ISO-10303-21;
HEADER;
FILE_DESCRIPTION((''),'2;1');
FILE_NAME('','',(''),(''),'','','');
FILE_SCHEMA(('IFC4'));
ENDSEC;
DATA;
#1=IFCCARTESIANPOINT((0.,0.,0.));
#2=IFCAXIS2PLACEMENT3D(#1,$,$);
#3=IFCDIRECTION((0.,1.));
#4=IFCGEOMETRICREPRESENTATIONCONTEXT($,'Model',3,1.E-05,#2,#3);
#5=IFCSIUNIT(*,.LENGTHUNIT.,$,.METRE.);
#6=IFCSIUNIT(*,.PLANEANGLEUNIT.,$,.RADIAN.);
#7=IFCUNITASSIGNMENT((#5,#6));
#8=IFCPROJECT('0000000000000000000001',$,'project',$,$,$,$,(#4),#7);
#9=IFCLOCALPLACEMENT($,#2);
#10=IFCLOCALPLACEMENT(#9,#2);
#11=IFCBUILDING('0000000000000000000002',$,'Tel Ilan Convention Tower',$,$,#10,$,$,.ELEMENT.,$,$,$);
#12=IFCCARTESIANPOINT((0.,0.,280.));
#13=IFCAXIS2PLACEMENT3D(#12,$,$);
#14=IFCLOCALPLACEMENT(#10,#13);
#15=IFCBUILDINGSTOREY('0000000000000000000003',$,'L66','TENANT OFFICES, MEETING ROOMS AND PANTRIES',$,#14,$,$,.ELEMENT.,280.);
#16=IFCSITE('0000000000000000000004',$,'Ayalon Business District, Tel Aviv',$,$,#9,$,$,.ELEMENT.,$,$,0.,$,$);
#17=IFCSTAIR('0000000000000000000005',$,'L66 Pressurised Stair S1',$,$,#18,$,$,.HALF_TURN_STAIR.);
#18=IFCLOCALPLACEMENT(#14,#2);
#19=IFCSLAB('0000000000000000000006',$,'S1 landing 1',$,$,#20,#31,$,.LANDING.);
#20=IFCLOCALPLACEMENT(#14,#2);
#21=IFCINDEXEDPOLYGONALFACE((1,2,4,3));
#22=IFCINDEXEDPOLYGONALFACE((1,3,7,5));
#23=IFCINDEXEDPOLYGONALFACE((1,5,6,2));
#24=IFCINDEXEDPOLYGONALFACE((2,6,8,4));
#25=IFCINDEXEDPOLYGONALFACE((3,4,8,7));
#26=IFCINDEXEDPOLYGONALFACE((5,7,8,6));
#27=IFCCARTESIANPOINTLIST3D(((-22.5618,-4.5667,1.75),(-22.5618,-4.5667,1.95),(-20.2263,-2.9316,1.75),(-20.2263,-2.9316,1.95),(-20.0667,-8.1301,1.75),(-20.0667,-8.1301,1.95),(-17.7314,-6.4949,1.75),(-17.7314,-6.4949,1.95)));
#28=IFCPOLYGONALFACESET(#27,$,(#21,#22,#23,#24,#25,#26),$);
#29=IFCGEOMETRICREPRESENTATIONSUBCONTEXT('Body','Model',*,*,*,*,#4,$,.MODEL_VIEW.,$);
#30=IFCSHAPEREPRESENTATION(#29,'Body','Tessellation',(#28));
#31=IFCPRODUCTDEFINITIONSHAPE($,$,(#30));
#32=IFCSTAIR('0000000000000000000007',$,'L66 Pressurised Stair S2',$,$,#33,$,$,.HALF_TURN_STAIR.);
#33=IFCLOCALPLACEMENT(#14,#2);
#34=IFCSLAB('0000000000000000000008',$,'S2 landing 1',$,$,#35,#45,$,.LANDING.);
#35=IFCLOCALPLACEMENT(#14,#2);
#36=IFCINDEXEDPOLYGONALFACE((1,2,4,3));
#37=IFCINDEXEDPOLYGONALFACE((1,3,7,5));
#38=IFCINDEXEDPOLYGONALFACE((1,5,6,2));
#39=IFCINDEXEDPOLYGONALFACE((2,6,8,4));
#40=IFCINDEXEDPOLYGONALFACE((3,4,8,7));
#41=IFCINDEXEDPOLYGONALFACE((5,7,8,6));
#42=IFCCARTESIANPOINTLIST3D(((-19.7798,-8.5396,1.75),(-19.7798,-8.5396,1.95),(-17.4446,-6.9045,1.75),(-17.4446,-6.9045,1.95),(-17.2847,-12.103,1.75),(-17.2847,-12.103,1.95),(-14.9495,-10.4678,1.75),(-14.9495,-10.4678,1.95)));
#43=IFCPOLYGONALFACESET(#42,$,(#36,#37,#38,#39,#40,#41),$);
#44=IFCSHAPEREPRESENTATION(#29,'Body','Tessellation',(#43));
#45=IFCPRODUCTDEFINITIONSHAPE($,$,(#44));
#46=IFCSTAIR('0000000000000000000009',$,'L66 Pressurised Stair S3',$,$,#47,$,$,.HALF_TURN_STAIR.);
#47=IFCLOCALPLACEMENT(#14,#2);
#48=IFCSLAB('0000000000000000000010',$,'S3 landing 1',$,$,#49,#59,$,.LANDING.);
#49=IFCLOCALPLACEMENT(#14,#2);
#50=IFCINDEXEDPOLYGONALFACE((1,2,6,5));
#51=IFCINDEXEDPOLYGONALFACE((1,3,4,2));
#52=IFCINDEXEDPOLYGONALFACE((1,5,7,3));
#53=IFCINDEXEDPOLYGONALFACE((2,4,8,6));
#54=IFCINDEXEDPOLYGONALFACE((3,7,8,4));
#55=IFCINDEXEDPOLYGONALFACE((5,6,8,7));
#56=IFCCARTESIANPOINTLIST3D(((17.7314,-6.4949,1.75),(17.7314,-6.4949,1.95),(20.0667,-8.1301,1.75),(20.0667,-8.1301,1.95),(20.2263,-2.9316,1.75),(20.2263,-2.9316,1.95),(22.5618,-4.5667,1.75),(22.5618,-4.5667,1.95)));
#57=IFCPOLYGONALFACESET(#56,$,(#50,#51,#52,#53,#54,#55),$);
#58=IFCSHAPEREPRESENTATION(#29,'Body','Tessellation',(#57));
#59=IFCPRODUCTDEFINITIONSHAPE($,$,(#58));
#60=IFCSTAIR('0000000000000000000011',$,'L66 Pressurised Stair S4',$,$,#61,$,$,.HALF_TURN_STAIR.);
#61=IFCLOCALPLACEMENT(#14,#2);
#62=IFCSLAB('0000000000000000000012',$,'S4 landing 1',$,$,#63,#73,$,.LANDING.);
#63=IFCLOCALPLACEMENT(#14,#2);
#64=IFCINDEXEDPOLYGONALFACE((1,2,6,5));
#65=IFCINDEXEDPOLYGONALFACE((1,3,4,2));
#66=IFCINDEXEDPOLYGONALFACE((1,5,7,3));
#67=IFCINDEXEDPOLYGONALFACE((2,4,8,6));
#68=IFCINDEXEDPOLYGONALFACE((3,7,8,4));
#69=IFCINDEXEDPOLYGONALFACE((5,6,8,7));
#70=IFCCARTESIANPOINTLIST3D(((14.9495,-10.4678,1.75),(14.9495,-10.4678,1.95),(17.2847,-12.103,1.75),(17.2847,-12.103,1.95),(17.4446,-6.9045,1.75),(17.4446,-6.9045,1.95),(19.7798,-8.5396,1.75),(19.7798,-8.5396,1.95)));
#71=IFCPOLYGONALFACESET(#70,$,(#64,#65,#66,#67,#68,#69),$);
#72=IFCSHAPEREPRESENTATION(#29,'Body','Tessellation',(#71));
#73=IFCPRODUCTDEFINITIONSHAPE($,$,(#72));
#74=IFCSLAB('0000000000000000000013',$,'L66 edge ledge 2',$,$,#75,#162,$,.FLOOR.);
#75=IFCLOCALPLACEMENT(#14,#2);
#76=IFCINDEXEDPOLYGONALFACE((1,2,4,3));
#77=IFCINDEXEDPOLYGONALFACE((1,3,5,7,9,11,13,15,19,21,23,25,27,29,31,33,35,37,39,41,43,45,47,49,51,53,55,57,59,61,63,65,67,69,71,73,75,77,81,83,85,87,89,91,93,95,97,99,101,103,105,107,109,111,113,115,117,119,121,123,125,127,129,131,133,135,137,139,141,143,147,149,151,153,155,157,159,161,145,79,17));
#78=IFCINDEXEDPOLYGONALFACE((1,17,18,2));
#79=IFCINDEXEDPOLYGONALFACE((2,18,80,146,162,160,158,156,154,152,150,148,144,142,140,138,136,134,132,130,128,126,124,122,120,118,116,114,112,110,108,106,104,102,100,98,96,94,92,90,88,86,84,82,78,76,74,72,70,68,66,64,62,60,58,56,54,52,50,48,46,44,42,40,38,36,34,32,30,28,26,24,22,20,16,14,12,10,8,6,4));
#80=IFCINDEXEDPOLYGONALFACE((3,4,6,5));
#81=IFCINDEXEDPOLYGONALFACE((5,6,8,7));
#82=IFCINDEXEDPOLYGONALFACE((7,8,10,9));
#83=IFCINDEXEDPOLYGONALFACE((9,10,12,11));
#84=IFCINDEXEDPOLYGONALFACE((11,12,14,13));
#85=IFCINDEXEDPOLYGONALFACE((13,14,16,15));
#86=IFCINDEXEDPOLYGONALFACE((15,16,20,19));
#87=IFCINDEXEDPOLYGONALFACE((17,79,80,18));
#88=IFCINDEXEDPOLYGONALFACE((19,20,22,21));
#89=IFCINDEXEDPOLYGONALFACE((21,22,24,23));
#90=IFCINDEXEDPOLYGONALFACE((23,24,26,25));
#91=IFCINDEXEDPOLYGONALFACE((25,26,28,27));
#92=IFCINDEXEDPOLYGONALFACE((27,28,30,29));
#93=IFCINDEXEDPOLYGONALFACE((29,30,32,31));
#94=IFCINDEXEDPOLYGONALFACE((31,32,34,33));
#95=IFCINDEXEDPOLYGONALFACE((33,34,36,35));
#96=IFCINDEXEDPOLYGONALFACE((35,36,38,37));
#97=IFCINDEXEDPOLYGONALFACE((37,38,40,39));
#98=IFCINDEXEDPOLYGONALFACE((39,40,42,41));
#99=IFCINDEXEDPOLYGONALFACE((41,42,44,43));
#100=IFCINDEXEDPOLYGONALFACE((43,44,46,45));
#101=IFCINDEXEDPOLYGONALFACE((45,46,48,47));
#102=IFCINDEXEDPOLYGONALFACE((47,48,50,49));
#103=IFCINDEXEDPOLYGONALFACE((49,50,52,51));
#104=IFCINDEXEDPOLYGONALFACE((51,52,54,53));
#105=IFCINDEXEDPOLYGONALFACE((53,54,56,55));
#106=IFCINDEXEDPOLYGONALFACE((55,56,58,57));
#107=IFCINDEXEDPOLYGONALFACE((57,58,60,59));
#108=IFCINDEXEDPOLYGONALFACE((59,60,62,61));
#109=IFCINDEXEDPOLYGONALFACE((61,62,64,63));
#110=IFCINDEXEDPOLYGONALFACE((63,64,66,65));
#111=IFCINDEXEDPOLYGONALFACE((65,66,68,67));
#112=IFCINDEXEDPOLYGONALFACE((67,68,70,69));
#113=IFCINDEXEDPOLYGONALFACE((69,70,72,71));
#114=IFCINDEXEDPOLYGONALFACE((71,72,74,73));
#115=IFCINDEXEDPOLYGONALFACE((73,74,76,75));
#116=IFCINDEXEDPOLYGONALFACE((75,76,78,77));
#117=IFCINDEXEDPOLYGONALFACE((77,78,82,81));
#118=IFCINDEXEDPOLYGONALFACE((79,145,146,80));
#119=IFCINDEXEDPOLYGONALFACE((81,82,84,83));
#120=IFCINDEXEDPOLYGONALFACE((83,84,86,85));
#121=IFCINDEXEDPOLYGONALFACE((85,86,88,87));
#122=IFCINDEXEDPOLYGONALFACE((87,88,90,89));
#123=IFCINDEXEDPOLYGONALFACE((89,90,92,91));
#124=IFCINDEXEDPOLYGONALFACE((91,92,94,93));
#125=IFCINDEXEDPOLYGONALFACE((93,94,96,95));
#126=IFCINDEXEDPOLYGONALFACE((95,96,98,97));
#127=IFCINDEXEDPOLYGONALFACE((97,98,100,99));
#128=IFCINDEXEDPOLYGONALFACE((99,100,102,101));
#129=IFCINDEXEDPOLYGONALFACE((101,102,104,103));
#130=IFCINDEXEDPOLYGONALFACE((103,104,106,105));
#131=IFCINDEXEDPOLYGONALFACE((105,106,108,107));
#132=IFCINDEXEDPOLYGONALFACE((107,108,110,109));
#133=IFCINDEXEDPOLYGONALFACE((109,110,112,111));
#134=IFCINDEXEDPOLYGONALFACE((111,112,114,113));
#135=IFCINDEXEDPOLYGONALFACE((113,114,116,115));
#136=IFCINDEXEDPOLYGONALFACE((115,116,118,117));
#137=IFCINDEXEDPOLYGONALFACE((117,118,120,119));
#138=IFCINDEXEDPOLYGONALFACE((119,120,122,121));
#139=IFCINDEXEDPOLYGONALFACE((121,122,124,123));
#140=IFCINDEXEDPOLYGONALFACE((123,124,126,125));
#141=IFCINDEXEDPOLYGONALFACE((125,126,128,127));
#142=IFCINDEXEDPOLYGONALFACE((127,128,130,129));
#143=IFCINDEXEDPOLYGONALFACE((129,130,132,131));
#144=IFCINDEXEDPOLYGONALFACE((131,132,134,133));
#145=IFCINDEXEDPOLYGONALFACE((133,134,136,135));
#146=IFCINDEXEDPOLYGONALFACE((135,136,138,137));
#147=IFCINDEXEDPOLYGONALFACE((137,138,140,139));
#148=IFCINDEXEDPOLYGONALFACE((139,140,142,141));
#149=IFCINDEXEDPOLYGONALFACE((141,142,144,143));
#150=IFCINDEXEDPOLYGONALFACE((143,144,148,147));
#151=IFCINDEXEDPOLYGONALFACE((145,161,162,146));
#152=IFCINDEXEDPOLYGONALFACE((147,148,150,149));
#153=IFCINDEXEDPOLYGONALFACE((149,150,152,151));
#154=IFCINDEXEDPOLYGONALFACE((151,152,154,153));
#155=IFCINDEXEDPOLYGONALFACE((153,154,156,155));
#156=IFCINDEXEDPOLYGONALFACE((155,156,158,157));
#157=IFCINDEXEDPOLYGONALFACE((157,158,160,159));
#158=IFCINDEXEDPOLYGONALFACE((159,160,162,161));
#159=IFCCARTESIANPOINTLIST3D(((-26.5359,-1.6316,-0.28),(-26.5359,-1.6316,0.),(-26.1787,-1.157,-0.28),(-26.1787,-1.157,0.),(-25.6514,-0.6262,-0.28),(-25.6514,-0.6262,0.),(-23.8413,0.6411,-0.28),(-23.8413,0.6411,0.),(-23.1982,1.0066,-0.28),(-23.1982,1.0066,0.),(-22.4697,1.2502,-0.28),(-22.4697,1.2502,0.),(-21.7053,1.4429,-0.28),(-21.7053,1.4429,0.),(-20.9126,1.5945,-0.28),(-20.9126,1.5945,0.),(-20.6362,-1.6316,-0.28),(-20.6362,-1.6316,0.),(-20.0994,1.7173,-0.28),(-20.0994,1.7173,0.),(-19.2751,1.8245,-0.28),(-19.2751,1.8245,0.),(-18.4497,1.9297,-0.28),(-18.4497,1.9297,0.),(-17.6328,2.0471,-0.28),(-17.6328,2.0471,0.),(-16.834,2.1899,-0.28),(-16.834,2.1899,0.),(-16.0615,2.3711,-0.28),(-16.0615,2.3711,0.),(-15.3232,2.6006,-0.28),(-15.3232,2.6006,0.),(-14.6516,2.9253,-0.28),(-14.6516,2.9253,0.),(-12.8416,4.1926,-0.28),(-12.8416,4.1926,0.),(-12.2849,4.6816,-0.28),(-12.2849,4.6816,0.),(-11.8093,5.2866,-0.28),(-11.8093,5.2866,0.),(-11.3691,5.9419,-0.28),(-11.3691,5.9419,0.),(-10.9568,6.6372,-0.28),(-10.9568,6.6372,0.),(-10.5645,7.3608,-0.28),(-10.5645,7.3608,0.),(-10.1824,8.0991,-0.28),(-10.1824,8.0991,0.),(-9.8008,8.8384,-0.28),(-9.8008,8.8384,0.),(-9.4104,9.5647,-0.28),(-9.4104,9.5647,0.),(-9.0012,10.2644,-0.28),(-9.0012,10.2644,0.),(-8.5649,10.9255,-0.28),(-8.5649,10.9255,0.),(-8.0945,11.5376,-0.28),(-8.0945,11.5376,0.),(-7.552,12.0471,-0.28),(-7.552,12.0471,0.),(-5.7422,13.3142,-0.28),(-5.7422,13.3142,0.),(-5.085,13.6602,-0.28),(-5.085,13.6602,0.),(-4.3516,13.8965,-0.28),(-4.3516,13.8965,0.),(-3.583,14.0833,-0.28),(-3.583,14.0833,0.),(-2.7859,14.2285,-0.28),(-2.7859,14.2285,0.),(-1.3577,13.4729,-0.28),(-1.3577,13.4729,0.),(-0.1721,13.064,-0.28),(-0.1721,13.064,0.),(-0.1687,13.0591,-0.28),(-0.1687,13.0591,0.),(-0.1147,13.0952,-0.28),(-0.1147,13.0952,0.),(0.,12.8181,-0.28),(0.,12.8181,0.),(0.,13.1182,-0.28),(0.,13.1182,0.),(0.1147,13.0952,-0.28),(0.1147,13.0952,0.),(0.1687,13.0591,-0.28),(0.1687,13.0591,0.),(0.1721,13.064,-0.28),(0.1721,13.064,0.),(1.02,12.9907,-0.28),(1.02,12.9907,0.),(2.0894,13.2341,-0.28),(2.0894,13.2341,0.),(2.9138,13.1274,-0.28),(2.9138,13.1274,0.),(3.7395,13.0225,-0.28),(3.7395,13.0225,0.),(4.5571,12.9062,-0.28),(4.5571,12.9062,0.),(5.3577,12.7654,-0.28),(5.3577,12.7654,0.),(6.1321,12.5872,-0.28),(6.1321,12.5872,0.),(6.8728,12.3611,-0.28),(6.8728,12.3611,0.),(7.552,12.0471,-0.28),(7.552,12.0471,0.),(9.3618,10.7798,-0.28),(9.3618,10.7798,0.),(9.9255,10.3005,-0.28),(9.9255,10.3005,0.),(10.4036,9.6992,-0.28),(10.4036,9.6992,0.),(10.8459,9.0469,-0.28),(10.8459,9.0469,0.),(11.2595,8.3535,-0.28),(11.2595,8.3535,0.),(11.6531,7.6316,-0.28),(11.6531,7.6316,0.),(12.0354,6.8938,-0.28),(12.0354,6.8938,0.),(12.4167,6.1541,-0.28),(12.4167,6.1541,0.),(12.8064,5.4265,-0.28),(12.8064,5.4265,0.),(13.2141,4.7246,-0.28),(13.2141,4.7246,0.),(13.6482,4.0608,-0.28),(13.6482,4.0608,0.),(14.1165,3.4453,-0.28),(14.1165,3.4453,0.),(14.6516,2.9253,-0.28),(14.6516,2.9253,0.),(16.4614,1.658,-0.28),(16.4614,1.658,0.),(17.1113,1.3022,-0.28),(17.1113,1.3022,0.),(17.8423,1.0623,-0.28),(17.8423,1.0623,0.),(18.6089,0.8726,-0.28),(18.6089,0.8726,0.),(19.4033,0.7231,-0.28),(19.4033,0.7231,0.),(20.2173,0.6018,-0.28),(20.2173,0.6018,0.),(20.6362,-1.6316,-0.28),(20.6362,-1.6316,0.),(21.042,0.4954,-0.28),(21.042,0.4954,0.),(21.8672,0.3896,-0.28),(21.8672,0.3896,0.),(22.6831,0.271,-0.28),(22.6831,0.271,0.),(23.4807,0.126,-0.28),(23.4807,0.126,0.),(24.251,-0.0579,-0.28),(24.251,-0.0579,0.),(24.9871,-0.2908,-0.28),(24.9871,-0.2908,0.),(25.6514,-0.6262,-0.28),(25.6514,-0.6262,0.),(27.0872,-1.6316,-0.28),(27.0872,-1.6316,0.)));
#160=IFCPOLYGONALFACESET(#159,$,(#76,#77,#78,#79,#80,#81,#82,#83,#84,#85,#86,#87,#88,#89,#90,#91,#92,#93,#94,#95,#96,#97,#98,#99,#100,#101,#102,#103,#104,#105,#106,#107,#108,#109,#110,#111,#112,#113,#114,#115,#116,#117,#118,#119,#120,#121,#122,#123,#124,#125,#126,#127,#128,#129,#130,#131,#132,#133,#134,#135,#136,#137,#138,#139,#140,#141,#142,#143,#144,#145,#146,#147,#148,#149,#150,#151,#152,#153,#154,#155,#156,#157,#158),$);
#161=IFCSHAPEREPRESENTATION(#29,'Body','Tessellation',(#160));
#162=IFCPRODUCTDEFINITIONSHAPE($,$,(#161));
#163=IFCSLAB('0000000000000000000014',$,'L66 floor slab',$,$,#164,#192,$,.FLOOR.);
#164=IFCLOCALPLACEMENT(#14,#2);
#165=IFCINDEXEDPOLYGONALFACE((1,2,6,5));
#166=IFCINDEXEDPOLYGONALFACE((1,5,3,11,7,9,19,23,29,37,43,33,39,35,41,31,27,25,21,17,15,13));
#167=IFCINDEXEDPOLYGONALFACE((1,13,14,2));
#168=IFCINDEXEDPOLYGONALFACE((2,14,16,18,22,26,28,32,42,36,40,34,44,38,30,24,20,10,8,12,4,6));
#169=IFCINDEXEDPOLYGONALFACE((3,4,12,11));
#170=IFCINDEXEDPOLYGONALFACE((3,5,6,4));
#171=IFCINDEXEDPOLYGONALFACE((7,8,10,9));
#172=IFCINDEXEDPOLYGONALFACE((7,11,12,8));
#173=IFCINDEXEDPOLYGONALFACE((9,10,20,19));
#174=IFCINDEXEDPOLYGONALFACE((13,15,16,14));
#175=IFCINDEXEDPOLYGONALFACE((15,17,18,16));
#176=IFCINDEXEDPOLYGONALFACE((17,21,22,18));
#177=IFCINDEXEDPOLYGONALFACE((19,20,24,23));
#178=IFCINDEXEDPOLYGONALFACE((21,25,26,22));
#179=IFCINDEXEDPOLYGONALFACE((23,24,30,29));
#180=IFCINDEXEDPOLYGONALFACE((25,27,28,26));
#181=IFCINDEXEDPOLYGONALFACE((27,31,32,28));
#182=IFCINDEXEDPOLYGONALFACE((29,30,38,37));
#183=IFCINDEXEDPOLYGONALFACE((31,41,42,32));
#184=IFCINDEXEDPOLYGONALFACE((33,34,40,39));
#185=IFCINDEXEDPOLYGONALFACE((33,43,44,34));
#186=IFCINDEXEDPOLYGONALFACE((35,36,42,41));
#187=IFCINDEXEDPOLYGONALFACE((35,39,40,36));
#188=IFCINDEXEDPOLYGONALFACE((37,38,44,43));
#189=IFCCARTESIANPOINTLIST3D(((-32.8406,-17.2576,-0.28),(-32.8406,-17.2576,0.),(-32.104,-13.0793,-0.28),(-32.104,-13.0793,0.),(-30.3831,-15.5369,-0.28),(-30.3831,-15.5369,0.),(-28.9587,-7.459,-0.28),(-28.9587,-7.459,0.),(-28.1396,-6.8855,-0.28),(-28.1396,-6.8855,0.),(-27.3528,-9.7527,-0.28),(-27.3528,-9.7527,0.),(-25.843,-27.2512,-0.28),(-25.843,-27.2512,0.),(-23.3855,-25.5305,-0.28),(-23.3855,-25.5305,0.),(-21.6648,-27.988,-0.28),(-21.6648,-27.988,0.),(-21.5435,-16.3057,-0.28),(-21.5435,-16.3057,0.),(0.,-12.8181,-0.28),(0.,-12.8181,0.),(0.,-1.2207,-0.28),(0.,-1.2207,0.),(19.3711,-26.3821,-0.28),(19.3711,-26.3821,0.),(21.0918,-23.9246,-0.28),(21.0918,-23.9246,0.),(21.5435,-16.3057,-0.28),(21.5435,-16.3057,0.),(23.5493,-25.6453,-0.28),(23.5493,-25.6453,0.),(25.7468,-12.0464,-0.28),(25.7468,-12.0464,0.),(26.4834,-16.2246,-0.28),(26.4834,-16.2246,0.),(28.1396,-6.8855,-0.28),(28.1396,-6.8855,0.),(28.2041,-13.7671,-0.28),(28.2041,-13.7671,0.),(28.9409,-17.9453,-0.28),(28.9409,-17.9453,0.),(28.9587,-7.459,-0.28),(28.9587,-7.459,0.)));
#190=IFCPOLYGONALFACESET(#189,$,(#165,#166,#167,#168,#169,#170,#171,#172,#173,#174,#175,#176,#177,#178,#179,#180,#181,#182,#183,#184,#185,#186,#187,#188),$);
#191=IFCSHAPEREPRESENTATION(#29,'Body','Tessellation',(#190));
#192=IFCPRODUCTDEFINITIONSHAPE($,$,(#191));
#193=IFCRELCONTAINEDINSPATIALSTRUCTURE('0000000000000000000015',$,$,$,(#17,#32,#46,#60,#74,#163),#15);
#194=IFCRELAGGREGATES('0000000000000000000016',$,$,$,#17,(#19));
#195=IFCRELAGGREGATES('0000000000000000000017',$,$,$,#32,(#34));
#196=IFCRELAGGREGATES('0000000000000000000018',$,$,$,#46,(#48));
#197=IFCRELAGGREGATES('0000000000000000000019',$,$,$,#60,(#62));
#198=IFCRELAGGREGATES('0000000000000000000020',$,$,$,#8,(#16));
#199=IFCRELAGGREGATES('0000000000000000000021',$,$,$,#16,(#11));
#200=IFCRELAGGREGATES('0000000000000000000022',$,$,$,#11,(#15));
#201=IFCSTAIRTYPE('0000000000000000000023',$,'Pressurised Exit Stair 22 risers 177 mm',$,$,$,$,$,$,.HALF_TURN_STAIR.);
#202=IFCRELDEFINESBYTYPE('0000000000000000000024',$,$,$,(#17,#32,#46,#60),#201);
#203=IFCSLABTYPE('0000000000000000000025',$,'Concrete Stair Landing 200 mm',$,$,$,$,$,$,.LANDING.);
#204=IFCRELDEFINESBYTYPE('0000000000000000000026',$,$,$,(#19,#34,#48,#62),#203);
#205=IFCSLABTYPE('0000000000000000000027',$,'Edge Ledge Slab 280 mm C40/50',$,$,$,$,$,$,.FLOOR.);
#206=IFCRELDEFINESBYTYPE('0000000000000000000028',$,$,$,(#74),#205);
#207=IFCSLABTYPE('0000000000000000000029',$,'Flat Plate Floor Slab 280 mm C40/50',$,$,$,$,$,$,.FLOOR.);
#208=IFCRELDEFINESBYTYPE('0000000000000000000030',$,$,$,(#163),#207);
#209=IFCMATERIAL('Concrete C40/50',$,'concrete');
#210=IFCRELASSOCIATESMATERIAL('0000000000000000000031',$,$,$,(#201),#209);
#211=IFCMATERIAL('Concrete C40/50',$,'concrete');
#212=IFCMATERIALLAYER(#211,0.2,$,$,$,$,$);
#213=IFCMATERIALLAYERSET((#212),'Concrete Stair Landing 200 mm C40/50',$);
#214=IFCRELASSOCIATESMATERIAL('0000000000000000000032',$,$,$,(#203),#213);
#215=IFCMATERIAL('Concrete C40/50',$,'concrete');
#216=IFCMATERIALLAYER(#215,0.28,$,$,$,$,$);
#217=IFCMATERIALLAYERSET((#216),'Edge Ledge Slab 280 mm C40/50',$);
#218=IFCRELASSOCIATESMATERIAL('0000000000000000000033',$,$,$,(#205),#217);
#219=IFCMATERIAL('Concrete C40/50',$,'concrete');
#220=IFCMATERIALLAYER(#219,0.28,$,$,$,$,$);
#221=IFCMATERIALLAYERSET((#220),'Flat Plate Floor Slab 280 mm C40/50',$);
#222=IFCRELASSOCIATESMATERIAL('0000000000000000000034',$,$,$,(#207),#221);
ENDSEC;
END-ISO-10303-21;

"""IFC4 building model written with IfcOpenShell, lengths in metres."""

from ifc_helpers import new_model, si_unit, direction, frame, origin, place, context, subcontext, project, spatial, polyline, outline, extrude, material, layer, layer_set, type_object, element, aggregate, save


model = new_model("IFC4")

# Units and contexts
model_context = context("Model", 3, precision=1e-05, world=origin(), true_north=direction((0.0, 1.0)))
body_context = subcontext(model_context, "Body", "Model", "MODEL_VIEW")
ifc_project = project(units=[si_unit("LENGTHUNIT", "METRE"), si_unit("PLANEANGLEUNIT", "RADIAN")], contexts=[model_context])

# Site, building, storey
site_placement = place(None, origin())
site = spatial("IfcSite", under=ifc_project, at=site_placement, Name="Ayalon Business District, Tel Aviv", CompositionType="ELEMENT", RefElevation=0.0)
building_placement = place(site_placement, origin())
building = spatial("IfcBuilding", under=site, at=building_placement, Name="Tel Ilan Convention Tower", CompositionType="ELEMENT")
storey_placement = place(building_placement, frame((0.0, 0.0, 280.0)))
storey = spatial("IfcBuildingStorey", under=building, at=storey_placement, Name="L66", Description="TENANT OFFICES, MEETING ROOMS AND PANTRIES", CompositionType="ELEMENT", Elevation=280.0)

# Stairs, slabs
ifc_material_1 = material(Name="Concrete C40/50", Category="concrete")
stair_type = type_object("IfcStairType", Name="Pressurised Exit Stair 22 risers 177 mm", PredefinedType="HALF_TURN_STAIR", material=ifc_material_1)
stair_1_placement = place(storey_placement, origin())
stair_1 = element("IfcStair", 1, at=stair_1_placement, inside=storey, type_object=stair_type, Name="L66 Pressurised Stair S1", PredefinedType="HALF_TURN_STAIR")
ifc_material_2 = material(Name="Concrete C40/50", Category="concrete")
ifc_layer_1 = layer(ifc_material_2, 0.2)
ifc_layer_set_1 = layer_set([ifc_layer_1], Name="Concrete Stair Landing 200 mm C40/50")
slab_type_1 = type_object("IfcSlabType", Name="Concrete Stair Landing 200 mm", PredefinedType="LANDING", material=ifc_layer_set_1)
slab_1_placement = place(storey_placement, frame((0.0, 0.0, 1.75)))
slab_1 = element("IfcSlab", 2, at=slab_1_placement, type_object=slab_type_1, Name="S1 landing 1", PredefinedType="LANDING", context=body_context, shape_type="SweptSolid", body=[
    extrude(outline(polyline([(-20.0667, -8.1301), (-17.7314, -6.4949), (-20.2263, -2.9316), (-22.5618, -4.5667), (-20.0667, -8.1301)])), origin(), (0.0, 0.0, 1.0), 0.2),
])
aggregate(stair_1, [slab_1])
stair_2_placement = place(storey_placement, origin())
stair_2 = element("IfcStair", 3, at=stair_2_placement, inside=storey, type_object=stair_type, Name="L66 Pressurised Stair S2", PredefinedType="HALF_TURN_STAIR")
slab_2_placement = place(storey_placement, frame((0.0, 0.0, 1.75)))
slab_2 = element("IfcSlab", 4, at=slab_2_placement, type_object=slab_type_1, Name="S2 landing 1", PredefinedType="LANDING", context=body_context, shape_type="SweptSolid", body=[
    extrude(outline(polyline([(-17.2847, -12.103), (-14.9495, -10.4678), (-17.4446, -6.9045), (-19.7798, -8.5396), (-17.2847, -12.103)])), origin(), (0.0, 0.0, 1.0), 0.2),
])
aggregate(stair_2, [slab_2])
stair_3_placement = place(storey_placement, origin())
stair_3 = element("IfcStair", 5, at=stair_3_placement, inside=storey, type_object=stair_type, Name="L66 Pressurised Stair S3", PredefinedType="HALF_TURN_STAIR")
slab_3_placement = place(storey_placement, frame((0.0, 0.0, 1.75)))
slab_3 = element("IfcSlab", 6, at=slab_3_placement, type_object=slab_type_1, Name="S3 landing 1", PredefinedType="LANDING", context=body_context, shape_type="SweptSolid", body=[
    extrude(outline(polyline([(22.5618, -4.5667), (20.2263, -2.9316), (17.7314, -6.4949), (20.0667, -8.1301), (22.5618, -4.5667)])), origin(), (0.0, 0.0, 1.0), 0.2),
])
aggregate(stair_3, [slab_3])
stair_4_placement = place(storey_placement, origin())
stair_4 = element("IfcStair", 7, at=stair_4_placement, inside=storey, type_object=stair_type, Name="L66 Pressurised Stair S4", PredefinedType="HALF_TURN_STAIR")
slab_4_placement = place(storey_placement, frame((0.0, 0.0, 1.75)))
slab_4 = element("IfcSlab", 8, at=slab_4_placement, type_object=slab_type_1, Name="S4 landing 1", PredefinedType="LANDING", context=body_context, shape_type="SweptSolid", body=[
    extrude(outline(polyline([(19.7798, -8.5396), (17.4446, -6.9045), (14.9495, -10.4678), (17.2847, -12.103), (19.7798, -8.5396)])), origin(), (0.0, 0.0, 1.0), 0.2),
])
aggregate(stair_4, [slab_4])

# Slabs
ifc_material_3 = material(Name="Concrete C40/50", Category="concrete")
ifc_layer_2 = layer(ifc_material_3, 0.28)
ifc_layer_set_2 = layer_set([ifc_layer_2], Name="Edge Ledge Slab 280 mm C40/50")
slab_type_2 = type_object("IfcSlabType", Name="Edge Ledge Slab 280 mm C40/50", PredefinedType="FLOOR", material=ifc_layer_set_2)
slab_5_placement = place(storey_placement, frame((0.0, 0.0, -0.28)))
element("IfcSlab", 9, at=slab_5_placement, inside=storey, type_object=slab_type_2, Name="L66 edge ledge 2", PredefinedType="FLOOR", context=body_context, shape_type="SweptSolid", body=[
    extrude(outline(polyline([(-23.1982, 1.0066), (-22.4697, 1.2502), (-21.7053, 1.4429), (-20.9126, 1.5945), (-20.0994, 1.7173), (-19.2751, 1.8245), (-18.4497, 1.9297), (-17.6328, 2.0471), (-16.834, 2.1899), (-16.0615, 2.3711), (-15.3232, 2.6006), (-14.6516, 2.9253), (-12.8416, 4.1926), (-12.2849, 4.6816), (-11.8093, 5.2866), (-11.3691, 5.9419), (-10.9568, 6.6372), (-10.5645, 7.3608), (-10.1824, 8.0991), (-9.8008, 8.8384), (-9.4104, 9.5647), (-9.0012, 10.2644), (-8.5649, 10.9255), (-8.0945, 11.5376), (-7.552, 12.0471), (-5.7422, 13.3142), (-5.085, 13.6602), (-4.3516, 13.8965), (-3.583, 14.0833), (-2.7859, 14.2285), (-1.3577, 13.4729), (-0.1721, 13.064), (-0.1687, 13.0591), (-0.1147, 13.0952), (0.0, 13.1182), (0.1147, 13.0952), (0.1687, 13.0591), (0.1721, 13.064), (1.02, 12.9907), (2.0894, 13.2341), (2.9138, 13.1274), (3.7395, 13.0225), (4.5571, 12.9062), (5.3577, 12.7654), (6.1321, 12.5872), (6.8728, 12.3611), (7.552, 12.0471), (9.3618, 10.7798), (9.9255, 10.3005), (10.4036, 9.6992), (10.8459, 9.0469), (11.2595, 8.3535), (11.6531, 7.6316), (12.0354, 6.8938), (12.4167, 6.1541), (12.8064, 5.4265), (13.2141, 4.7246), (13.6482, 4.0608), (14.1165, 3.4453), (14.6516, 2.9253), (16.4614, 1.658), (17.1113, 1.3022), (17.8423, 1.0623), (18.6089, 0.8726), (19.4033, 0.7231), (20.2173, 0.6018), (21.042, 0.4954), (21.8672, 0.3896), (22.6831, 0.271), (23.4807, 0.126), (24.251, -0.0579), (24.9871, -0.2908), (25.6514, -0.6262), (27.0872, -1.6316), (20.6362, -1.6316), (0.0, 12.8181), (-20.6362, -1.6316), (-26.5359, -1.6316), (-26.1787, -1.157), (-25.6514, -0.6262), (-23.8413, 0.6411), (-23.1982, 1.0066)])), origin(), (0.0, 0.0, 1.0), 0.28),
])
ifc_material_4 = material(Name="Concrete C40/50", Category="concrete")
ifc_layer_3 = layer(ifc_material_4, 0.28)
ifc_layer_set_3 = layer_set([ifc_layer_3], Name="Flat Plate Floor Slab 280 mm C40/50")
slab_type_3 = type_object("IfcSlabType", Name="Flat Plate Floor Slab 280 mm C40/50", PredefinedType="FLOOR", material=ifc_layer_set_3)
slab_6_placement = place(storey_placement, frame((0.0, 0.0, -0.28)))
element("IfcSlab", 10, at=slab_6_placement, inside=storey, type_object=slab_type_3, Name="L66 floor slab", PredefinedType="FLOOR", context=body_context, shape_type="SweptSolid", body=[
    extrude(outline(polyline([(-21.5435, -16.3057), (0.0, -1.2207), (21.5435, -16.3057), (28.1396, -6.8855), (28.9587, -7.459), (25.7468, -12.0464), (28.2041, -13.7671), (26.4834, -16.2246), (28.9409, -17.9453), (23.5493, -25.6453), (21.0918, -23.9246), (19.3711, -26.3821), (0.0, -12.8181), (-21.6648, -27.988), (-23.3855, -25.5305), (-25.843, -27.2512), (-32.8406, -17.2576), (-30.3831, -15.5369), (-32.104, -13.0793), (-27.3528, -9.7527), (-28.9587, -7.459), (-28.1396, -6.8855), (-21.5435, -16.3057)])), origin(), (0.0, 0.0, 1.0), 0.28),
])

save(model, "model.ifc")
